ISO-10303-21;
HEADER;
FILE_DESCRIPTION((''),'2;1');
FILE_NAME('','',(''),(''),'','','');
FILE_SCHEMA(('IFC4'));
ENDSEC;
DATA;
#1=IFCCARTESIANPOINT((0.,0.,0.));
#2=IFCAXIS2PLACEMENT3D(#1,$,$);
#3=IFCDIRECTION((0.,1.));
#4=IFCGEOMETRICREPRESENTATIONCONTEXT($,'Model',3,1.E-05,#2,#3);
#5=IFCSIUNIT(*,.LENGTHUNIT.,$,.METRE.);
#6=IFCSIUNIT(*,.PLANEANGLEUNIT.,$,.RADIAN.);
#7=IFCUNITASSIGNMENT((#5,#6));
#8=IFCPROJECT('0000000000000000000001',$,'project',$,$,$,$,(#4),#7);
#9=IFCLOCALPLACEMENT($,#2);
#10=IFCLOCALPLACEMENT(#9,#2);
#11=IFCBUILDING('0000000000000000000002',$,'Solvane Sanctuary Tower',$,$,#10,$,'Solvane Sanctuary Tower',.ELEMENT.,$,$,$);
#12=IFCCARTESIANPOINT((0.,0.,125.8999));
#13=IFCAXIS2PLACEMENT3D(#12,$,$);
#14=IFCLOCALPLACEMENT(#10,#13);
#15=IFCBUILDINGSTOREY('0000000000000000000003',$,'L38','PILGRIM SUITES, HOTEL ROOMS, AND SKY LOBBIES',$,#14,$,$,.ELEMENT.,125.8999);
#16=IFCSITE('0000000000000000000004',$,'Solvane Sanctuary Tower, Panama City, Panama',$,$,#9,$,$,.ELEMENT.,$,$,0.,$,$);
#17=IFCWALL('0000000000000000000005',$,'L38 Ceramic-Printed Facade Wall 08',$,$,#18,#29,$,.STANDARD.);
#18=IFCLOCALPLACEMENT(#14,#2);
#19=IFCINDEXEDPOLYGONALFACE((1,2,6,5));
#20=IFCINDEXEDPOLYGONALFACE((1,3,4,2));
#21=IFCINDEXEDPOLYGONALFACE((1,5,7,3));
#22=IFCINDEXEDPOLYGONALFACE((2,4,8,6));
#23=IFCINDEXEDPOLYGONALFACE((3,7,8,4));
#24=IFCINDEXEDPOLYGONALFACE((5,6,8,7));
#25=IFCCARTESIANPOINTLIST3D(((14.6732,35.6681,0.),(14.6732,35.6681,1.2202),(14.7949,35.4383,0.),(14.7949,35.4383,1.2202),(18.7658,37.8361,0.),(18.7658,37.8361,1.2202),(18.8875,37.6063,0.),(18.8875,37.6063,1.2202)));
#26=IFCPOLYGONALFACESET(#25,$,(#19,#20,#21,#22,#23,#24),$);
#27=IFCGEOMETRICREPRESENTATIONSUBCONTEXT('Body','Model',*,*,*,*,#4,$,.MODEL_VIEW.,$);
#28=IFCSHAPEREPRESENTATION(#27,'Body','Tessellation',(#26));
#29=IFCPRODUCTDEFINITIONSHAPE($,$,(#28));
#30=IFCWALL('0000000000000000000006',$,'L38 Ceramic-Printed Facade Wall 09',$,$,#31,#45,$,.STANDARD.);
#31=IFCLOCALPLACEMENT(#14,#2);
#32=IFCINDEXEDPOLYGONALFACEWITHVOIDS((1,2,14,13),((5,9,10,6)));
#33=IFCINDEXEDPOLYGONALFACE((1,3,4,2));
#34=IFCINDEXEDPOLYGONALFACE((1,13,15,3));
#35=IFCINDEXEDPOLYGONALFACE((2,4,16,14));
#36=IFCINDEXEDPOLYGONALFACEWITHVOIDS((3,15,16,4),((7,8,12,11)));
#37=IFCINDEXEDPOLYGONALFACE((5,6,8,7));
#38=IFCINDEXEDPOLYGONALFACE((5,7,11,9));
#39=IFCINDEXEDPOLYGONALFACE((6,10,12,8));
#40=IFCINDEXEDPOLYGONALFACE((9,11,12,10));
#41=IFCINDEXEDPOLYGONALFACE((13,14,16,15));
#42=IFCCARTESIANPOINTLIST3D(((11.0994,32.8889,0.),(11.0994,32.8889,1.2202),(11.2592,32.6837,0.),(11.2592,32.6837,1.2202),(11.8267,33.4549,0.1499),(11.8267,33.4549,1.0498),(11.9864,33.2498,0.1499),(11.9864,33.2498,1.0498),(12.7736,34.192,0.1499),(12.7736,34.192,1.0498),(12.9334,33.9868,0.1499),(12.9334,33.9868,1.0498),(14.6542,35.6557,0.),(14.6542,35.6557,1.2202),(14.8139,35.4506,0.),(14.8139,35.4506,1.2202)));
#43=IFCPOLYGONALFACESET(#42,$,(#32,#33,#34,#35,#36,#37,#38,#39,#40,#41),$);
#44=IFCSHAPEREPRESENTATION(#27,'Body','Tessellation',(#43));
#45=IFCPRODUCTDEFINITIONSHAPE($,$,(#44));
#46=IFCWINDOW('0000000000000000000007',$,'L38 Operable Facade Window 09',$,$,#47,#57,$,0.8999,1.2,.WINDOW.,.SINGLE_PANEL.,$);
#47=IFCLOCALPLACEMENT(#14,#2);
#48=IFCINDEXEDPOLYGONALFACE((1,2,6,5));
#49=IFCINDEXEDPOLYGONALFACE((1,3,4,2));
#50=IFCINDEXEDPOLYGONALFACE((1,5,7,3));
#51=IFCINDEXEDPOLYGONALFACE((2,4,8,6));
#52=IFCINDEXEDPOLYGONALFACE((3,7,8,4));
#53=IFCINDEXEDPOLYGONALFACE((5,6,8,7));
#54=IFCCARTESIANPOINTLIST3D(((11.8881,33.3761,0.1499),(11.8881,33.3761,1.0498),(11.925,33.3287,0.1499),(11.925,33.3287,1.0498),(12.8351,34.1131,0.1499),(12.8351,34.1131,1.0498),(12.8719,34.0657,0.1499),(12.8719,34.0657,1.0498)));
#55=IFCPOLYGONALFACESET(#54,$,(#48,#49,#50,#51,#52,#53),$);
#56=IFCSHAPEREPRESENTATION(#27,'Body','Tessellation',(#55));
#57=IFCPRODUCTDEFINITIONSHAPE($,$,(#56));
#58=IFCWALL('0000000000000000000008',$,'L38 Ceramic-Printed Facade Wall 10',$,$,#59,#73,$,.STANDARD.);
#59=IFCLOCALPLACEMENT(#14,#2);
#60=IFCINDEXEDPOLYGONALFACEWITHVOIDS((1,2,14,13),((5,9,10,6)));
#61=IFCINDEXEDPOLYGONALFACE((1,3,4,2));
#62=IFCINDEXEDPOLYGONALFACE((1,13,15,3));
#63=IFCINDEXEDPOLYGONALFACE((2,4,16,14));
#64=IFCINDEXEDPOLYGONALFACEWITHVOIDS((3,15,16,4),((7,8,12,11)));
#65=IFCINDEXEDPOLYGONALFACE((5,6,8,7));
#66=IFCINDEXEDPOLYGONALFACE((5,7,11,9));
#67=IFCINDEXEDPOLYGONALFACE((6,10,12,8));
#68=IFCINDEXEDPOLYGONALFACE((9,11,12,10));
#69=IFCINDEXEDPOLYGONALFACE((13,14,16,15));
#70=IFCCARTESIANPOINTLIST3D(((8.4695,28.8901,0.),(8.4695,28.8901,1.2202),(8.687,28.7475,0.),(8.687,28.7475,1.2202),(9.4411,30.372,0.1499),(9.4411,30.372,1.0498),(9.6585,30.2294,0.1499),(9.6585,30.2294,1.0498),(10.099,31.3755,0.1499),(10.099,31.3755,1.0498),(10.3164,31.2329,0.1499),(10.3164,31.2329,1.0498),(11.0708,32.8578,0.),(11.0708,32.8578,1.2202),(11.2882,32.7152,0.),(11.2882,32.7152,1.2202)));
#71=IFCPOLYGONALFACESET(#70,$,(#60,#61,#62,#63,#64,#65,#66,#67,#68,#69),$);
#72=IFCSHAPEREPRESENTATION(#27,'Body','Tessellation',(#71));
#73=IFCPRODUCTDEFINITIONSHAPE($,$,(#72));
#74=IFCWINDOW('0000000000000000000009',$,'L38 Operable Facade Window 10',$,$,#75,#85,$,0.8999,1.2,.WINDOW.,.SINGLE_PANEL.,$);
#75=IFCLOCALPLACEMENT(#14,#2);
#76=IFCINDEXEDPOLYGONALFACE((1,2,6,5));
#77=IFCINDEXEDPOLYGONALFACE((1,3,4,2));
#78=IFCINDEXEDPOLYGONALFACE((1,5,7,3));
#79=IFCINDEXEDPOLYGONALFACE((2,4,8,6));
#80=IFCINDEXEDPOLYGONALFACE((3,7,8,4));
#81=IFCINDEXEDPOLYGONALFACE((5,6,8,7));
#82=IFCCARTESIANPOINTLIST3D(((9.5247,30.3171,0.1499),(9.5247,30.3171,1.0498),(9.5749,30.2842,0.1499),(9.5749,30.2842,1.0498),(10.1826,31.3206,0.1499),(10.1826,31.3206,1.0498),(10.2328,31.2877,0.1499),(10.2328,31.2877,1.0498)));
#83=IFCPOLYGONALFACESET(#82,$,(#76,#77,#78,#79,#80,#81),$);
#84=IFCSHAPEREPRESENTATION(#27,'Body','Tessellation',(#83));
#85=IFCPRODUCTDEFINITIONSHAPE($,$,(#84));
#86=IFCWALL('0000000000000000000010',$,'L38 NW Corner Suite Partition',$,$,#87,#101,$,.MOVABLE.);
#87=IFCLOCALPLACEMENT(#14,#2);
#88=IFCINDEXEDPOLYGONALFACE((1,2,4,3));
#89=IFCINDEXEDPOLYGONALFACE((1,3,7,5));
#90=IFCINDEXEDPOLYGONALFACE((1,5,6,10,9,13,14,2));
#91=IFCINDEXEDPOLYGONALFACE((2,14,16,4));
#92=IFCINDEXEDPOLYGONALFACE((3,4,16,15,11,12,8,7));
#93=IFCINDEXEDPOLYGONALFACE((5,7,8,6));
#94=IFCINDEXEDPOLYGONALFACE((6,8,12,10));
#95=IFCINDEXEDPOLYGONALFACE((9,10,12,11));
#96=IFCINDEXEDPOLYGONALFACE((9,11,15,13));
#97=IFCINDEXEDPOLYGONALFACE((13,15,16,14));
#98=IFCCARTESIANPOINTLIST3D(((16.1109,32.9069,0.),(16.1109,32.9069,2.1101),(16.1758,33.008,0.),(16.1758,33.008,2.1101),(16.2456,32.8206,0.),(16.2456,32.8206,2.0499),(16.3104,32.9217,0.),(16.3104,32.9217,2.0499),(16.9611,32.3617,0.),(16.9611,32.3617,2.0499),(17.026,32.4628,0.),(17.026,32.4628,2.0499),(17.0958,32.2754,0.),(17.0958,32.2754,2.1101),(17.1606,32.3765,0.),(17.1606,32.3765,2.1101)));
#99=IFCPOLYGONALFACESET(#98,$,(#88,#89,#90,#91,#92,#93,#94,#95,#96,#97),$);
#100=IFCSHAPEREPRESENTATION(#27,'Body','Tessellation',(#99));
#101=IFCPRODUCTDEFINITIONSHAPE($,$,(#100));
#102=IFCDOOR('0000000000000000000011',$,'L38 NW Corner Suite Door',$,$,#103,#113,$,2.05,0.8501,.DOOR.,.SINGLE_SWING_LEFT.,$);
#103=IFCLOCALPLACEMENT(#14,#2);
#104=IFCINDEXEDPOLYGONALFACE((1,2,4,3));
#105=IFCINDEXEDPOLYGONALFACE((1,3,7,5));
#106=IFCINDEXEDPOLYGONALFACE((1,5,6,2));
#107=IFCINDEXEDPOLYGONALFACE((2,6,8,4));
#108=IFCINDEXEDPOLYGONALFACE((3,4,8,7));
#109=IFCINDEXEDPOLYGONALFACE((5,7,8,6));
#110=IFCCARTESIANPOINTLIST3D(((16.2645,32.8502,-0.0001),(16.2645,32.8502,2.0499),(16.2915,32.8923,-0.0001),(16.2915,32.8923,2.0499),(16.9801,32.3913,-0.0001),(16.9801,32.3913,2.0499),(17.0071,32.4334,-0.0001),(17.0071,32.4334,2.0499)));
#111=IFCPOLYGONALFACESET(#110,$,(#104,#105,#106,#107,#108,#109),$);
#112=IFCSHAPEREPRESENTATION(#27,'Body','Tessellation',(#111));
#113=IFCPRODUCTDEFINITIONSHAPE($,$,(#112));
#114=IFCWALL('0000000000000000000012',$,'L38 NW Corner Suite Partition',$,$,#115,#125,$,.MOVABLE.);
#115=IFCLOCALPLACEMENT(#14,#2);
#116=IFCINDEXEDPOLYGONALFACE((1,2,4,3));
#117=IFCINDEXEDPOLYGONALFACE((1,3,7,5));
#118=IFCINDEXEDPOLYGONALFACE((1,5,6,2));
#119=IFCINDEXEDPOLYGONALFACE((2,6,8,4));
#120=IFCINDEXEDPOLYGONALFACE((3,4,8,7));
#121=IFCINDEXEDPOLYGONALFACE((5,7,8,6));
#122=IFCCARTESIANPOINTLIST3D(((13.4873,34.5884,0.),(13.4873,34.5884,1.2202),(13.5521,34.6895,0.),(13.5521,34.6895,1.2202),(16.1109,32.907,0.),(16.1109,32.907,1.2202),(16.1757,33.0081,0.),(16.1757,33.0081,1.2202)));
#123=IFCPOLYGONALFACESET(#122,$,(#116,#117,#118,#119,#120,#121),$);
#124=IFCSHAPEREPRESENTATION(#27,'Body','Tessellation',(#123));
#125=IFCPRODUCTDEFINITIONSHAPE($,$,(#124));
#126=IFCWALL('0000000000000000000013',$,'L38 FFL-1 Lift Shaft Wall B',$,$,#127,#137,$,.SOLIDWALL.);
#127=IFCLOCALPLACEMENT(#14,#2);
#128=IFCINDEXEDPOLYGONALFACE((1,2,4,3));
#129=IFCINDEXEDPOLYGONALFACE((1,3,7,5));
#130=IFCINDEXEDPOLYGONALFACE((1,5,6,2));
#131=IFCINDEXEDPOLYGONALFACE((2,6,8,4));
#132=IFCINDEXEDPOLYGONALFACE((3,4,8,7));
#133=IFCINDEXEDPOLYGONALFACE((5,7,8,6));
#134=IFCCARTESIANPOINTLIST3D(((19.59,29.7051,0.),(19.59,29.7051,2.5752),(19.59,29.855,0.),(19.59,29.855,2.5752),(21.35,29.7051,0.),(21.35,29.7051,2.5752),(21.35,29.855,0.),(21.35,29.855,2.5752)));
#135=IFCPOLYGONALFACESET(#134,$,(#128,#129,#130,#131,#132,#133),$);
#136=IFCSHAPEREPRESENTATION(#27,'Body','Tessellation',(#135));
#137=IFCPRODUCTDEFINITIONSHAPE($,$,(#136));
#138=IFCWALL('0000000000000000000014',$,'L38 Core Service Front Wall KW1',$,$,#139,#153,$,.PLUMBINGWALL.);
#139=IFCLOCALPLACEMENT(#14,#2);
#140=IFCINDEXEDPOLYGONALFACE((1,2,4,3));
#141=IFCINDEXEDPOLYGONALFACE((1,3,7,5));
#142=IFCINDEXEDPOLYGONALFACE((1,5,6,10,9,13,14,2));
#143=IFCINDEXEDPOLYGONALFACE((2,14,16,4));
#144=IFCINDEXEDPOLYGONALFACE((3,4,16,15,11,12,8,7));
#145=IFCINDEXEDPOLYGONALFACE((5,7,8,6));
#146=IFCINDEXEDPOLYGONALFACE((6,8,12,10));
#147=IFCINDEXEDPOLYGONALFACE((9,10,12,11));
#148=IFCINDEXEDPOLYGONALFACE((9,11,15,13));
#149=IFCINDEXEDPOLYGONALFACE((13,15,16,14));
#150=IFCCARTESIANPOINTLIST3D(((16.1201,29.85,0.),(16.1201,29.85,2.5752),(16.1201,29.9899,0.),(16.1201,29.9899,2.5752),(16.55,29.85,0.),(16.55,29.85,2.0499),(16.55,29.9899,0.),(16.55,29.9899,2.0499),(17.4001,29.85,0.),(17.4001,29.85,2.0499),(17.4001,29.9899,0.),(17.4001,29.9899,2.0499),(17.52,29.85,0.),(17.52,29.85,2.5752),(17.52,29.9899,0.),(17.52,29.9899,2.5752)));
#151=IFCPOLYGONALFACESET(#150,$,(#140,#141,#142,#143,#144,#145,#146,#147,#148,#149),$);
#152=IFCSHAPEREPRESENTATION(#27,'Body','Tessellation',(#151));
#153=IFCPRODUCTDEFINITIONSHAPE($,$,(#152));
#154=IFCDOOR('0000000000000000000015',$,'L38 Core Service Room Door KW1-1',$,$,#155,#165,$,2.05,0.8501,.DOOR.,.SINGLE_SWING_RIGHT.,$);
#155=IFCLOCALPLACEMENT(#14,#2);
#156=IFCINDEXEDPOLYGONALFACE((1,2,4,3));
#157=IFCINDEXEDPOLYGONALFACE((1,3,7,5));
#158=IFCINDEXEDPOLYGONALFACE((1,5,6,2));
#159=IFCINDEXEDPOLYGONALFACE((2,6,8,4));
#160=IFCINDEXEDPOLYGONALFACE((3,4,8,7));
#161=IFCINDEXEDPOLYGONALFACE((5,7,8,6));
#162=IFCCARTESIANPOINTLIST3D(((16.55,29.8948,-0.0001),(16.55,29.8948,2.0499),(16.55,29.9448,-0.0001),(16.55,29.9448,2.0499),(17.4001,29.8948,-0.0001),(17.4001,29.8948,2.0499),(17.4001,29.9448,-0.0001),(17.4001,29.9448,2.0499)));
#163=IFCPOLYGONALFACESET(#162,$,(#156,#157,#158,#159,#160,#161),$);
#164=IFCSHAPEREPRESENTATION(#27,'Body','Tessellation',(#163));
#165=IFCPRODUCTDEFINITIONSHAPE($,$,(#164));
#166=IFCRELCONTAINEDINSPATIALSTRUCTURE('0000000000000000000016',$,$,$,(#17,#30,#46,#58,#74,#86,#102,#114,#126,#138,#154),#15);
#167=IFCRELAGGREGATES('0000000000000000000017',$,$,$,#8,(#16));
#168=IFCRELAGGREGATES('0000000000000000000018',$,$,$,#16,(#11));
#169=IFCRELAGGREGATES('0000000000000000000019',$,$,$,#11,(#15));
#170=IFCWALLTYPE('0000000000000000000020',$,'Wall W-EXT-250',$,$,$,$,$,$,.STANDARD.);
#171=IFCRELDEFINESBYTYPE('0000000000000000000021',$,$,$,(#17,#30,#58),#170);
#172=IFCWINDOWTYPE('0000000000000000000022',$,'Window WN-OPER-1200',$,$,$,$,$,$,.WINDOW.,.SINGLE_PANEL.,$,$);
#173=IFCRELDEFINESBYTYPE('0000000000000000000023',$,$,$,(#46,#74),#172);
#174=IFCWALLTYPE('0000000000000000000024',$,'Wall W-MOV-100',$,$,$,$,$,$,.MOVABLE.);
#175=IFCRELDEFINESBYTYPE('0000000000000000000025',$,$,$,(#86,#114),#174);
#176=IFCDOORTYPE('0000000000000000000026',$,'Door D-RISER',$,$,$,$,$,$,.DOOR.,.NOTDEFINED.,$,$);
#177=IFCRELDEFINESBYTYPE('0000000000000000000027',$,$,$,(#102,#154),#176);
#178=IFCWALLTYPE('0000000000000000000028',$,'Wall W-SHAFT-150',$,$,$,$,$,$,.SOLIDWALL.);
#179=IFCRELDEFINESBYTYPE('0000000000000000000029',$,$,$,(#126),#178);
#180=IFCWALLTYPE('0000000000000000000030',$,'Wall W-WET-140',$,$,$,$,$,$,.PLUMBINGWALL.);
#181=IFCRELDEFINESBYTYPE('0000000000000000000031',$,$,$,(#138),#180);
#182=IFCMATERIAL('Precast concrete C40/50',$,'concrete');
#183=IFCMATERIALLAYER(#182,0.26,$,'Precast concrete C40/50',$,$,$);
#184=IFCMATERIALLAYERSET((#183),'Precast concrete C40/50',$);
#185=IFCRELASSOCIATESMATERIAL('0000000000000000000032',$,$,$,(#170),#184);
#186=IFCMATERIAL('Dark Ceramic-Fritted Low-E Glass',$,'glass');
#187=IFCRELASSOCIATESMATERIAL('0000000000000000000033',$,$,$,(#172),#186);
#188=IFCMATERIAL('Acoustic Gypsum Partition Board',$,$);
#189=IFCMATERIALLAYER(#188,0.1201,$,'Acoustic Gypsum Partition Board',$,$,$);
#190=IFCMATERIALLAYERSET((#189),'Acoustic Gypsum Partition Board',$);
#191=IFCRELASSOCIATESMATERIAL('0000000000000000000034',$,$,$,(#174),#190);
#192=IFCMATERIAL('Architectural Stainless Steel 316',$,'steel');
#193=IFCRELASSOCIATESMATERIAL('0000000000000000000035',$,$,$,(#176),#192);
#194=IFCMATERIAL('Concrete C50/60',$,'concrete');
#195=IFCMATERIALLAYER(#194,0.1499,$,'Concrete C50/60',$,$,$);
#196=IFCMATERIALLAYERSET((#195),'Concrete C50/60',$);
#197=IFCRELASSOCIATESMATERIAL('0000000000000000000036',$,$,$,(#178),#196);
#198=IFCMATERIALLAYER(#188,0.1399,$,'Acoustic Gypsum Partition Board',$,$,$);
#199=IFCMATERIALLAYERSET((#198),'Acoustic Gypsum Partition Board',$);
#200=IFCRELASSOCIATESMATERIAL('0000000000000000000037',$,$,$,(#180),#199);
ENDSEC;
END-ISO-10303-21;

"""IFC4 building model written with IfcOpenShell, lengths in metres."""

from ifc_helpers import new_model, si_unit, direction, frame, frame_2d, origin, place, context, subcontext, project, spatial, rectangle, extrude, material, layer, layer_set, type_object, element, fill, save


model = new_model("IFC4")

# Units and contexts
model_context = context("Model", 3, precision=1e-05, world=origin(), true_north=direction((0.0, 1.0)))
body_context = subcontext(model_context, "Body", "Model", "MODEL_VIEW")
ifc_project = project(units=[si_unit("LENGTHUNIT", "METRE"), si_unit("PLANEANGLEUNIT", "RADIAN")], contexts=[model_context])

# Site, building, storey
site_placement = place(None, origin())
site = spatial("IfcSite", under=ifc_project, at=site_placement, Name="Solvane Sanctuary Tower, Panama City, Panama", CompositionType="ELEMENT", RefElevation=0.0)
building_placement = place(site_placement, origin())
building = spatial("IfcBuilding", under=site, at=building_placement, Name="Solvane Sanctuary Tower", LongName="Solvane Sanctuary Tower", CompositionType="ELEMENT")
storey_placement = place(building_placement, frame((0.0, 0.0, 125.8999)))
storey = spatial("IfcBuildingStorey", under=building, at=storey_placement, Name="L38", Description="PILGRIM SUITES, HOTEL ROOMS, AND SKY LOBBIES", CompositionType="ELEMENT", Elevation=125.8999)

# Shared definitions
ifc_material_1 = material(Name="Acoustic Gypsum Partition Board")

# Wall
ifc_material_2 = material(Name="Precast concrete C40/50", Category="concrete")
ifc_layer_1 = layer(ifc_material_2, 0.26, Name="Precast concrete C40/50")
ifc_layer_set_1 = layer_set([ifc_layer_1], Name="Precast concrete C40/50")
wall_type_1 = type_object("IfcWallType", Name="Wall W-EXT-250", PredefinedType="STANDARD", material=ifc_layer_set_1)
wall_1_placement = place(storey_placement, frame((18.8267, 37.7212, 0.0), z_axis=(0.0, 0.0, 1.0), x_axis=(-0.883669, -0.468113, 0.0)))
element("IfcWall", 1, at=wall_1_placement, inside=storey, type_object=wall_type_1, Name="L38 Ceramic-Printed Facade Wall 08", PredefinedType="STANDARD", context=body_context, shape_type="SweptSolid", body=[
    extrude(rectangle(XDim=4.6313, YDim=0.26, at=frame_2d((2.3157, 0.0))), origin(), (0.0, 0.0, 1.0), 1.2202),
])

# Walls, openings, windows
wall_2_placement = place(storey_placement, frame((14.7341, 35.5532, 0.0), z_axis=(0.0, 0.0, 1.0), x_axis=(-0.789127, -0.614229, 0.0)))
wall_2 = element("IfcWall", 2, at=wall_2_placement, inside=storey, type_object=wall_type_1, Name="L38 Ceramic-Printed Facade Wall 09", PredefinedType="STANDARD", context=body_context, shape_type="SweptSolid", body=[
    extrude(rectangle(XDim=4.5046, YDim=0.26, at=frame_2d((2.2524, 0.0))), origin(), (0.0, 0.0, 1.0), 1.2202),
])
opening_1_placement = place(wall_2_placement, frame((2.3831, 0.0, 0.1499)))
opening_1 = element("IfcOpeningElement", 3, at=opening_1_placement, cuts=wall_2, PredefinedType="OPENING", context=body_context, shape_type="SweptSolid", body=[
    extrude(rectangle(XDim=1.2, YDim=0.8999, at=frame_2d((0.6001, 0.45))), frame((0.0, 0.1399, 0.0), z_axis=(0.0, -1.0, 0.0), x_axis=(1.0, 0.0, 0.0)), (0.0, 0.0, 1.0), 0.28),
])
ifc_material_3 = material(Name="Dark Ceramic-Fritted Low-E Glass", Category="glass")
window_type = type_object("IfcWindowType", Name="Window WN-OPER-1200", PartitioningType="SINGLE_PANEL", PredefinedType="WINDOW", material=ifc_material_3)
window_1_placement = place(opening_1_placement, origin())
window_1 = element("IfcWindow", 4, at=window_1_placement, inside=storey, type_object=window_type, Name="L38 Operable Facade Window 09", OverallHeight=0.8999, OverallWidth=1.2, PartitioningType="SINGLE_PANEL", PredefinedType="WINDOW", context=body_context, shape_type="SweptSolid", body=[
    extrude(rectangle(XDim=1.2, YDim=0.8999, at=frame_2d((0.6001, 0.45))), frame((0.0, 0.03, 0.0), z_axis=(0.0, -1.0, 0.0), x_axis=(1.0, 0.0, 0.0)), (0.0, 0.0, 1.0), 0.0601),
])
fill(opening_1, window_1)
wall_3_placement = place(storey_placement, frame((11.1794, 32.7864, 0.0), z_axis=(0.0, 0.0, 1.0), x_axis=(-0.548283, -0.836293, 0.0)))
wall_3 = element("IfcWall", 5, at=wall_3_placement, inside=storey, type_object=wall_type_1, Name="L38 Ceramic-Printed Facade Wall 10", PredefinedType="STANDARD", context=body_context, shape_type="SweptSolid", body=[
    extrude(rectangle(XDim=4.7444, YDim=0.26, at=frame_2d((2.3721, 0.0))), origin(), (0.0, 0.0, 1.0), 1.2202),
])
opening_2_placement = place(wall_3_placement, frame((1.7722, 0.0, 0.1499)))
opening_2 = element("IfcOpeningElement", 6, at=opening_2_placement, cuts=wall_3, PredefinedType="OPENING", context=body_context, shape_type="SweptSolid", body=[
    extrude(rectangle(XDim=1.2, YDim=0.8999, at=frame_2d((0.6001, 0.45))), frame((0.0, 0.1399, 0.0), z_axis=(0.0, -1.0, 0.0), x_axis=(1.0, 0.0, 0.0)), (0.0, 0.0, 1.0), 0.28),
])
window_2_placement = place(opening_2_placement, origin())
window_2 = element("IfcWindow", 7, at=window_2_placement, inside=storey, type_object=window_type, Name="L38 Operable Facade Window 10", OverallHeight=0.8999, OverallWidth=1.2, PartitioningType="SINGLE_PANEL", PredefinedType="WINDOW", context=body_context, shape_type="SweptSolid", body=[
    extrude(rectangle(XDim=1.2, YDim=0.8999, at=frame_2d((0.6001, 0.45))), frame((0.0, 0.03, 0.0), z_axis=(0.0, -1.0, 0.0), x_axis=(1.0, 0.0, 0.0)), (0.0, 0.0, 1.0), 0.0601),
])
fill(opening_2, window_2)

# Wall, opening, door
ifc_layer_2 = layer(ifc_material_1, 0.1201, Name="Acoustic Gypsum Partition Board")
ifc_layer_set_2 = layer_set([ifc_layer_2], Name="Acoustic Gypsum Partition Board")
wall_type_2 = type_object("IfcWallType", Name="Wall W-MOV-100", PredefinedType="MOVABLE", material=ifc_layer_set_2)
wall_4_placement = place(storey_placement, frame((17.1282, 32.3259, 0.0), z_axis=(0.0, 0.0, 1.0), x_axis=(-0.841775, 0.539829, 0.0)))
wall_4 = element("IfcWall", 8, at=wall_4_placement, inside=storey, type_object=wall_type_2, Name="L38 NW Corner Suite Partition", PredefinedType="MOVABLE", context=body_context, shape_type="SweptSolid", body=[
    extrude(rectangle(XDim=1.1699, YDim=0.1201, at=frame_2d((0.585, 0.0))), origin(), (0.0, 0.0, 1.0), 2.1101),
])
opening_3_placement = place(wall_4_placement, frame((0.1599, 0.0, 0.0)))
opening_3 = element("IfcOpeningElement", 9, at=opening_3_placement, cuts=wall_4, PredefinedType="OPENING", context=body_context, shape_type="SweptSolid", body=[
    extrude(rectangle(XDim=0.8501, YDim=2.05, at=frame_2d((0.425, 1.0249))), frame((0.0, 0.0701, 0.0), z_axis=(0.0, -1.0, 0.0), x_axis=(1.0, 0.0, 0.0)), (0.0, 0.0, 1.0), 0.1401),
])
ifc_material_4 = material(Name="Architectural Stainless Steel 316", Category="steel")
door_type_1 = type_object("IfcDoorType", Name="Door D-RISER", OperationType="NOTDEFINED", PredefinedType="DOOR", material=ifc_material_4)
door_1_placement = place(opening_3_placement, origin())
door_1 = element("IfcDoor", 10, at=door_1_placement, inside=storey, type_object=door_type_1, Name="L38 NW Corner Suite Door", OperationType="SINGLE_SWING_LEFT", OverallHeight=2.05, OverallWidth=0.8501, PredefinedType="DOOR", context=body_context, shape_type="SweptSolid", body=[
    extrude(rectangle(XDim=0.8501, YDim=2.05, at=frame_2d((0.425, 1.0249))), frame((0.0, 0.0249, 0.0), z_axis=(0.0, -1.0, 0.0), x_axis=(1.0, 0.0, 0.0)), (0.0, 0.0, 1.0), 0.05),
])
fill(opening_3, door_1)

# Walls
wall_5_placement = place(storey_placement, frame((16.1433, 32.9575, 0.0), z_axis=(0.0, 0.0, 1.0), x_axis=(-0.841931, 0.539585, 0.0)))
element("IfcWall", 11, at=wall_5_placement, inside=storey, type_object=wall_type_2, Name="L38 NW Corner Suite Partition", PredefinedType="MOVABLE", context=body_context, shape_type="SweptSolid", body=[
    extrude(rectangle(XDim=3.1162, YDim=0.1201, at=frame_2d((1.5581, 0.0))), origin(), (0.0, 0.0, 1.0), 1.2202),
])
ifc_material_5 = material(Name="Concrete C50/60", Category="concrete")
ifc_layer_3 = layer(ifc_material_5, 0.1499, Name="Concrete C50/60")
ifc_layer_set_3 = layer_set([ifc_layer_3], Name="Concrete C50/60")
wall_type_3 = type_object("IfcWallType", Name="Wall W-SHAFT-150", PredefinedType="SOLIDWALL", material=ifc_layer_set_3)
wall_6_placement = place(storey_placement, frame((19.5901, 29.78, 0.0), z_axis=(0.0, 0.0, 1.0), x_axis=(1.0, 0.0, 0.0)))
element("IfcWall", 12, at=wall_6_placement, inside=storey, type_object=wall_type_3, Name="L38 FFL-1 Lift Shaft Wall B", PredefinedType="SOLIDWALL", context=body_context, shape_type="SweptSolid", body=[
    extrude(rectangle(XDim=1.76, YDim=0.1499, at=frame_2d((0.8799, 0.0))), origin(), (0.0, 0.0, 1.0), 2.5752),
])

# Wall, opening, door
ifc_layer_4 = layer(ifc_material_1, 0.1399, Name="Acoustic Gypsum Partition Board")
ifc_layer_set_4 = layer_set([ifc_layer_4], Name="Acoustic Gypsum Partition Board")
wall_type_4 = type_object("IfcWallType", Name="Wall W-WET-140", PredefinedType="PLUMBINGWALL", material=ifc_layer_set_4)
wall_7_placement = place(storey_placement, frame((16.1201, 29.9199, 0.0), z_axis=(0.0, 0.0, 1.0), x_axis=(1.0, 0.0, 0.0)))
wall_7 = element("IfcWall", 13, at=wall_7_placement, inside=storey, type_object=wall_type_4, Name="L38 Core Service Front Wall KW1", PredefinedType="PLUMBINGWALL", context=body_context, shape_type="SweptSolid", body=[
    extrude(rectangle(XDim=1.3999, YDim=0.1399, at=frame_2d((0.7, 0.0))), origin(), (0.0, 0.0, 1.0), 2.5752),
])
opening_4_placement = place(wall_7_placement, frame((0.4299, 0.0, 0.0)))
opening_4 = element("IfcOpeningElement", 14, at=opening_4_placement, cuts=wall_7, PredefinedType="OPENING", context=body_context, shape_type="SweptSolid", body=[
    extrude(rectangle(XDim=0.8501, YDim=2.05, at=frame_2d((0.425, 1.0249))), frame((0.0, 0.0798, 0.0), z_axis=(0.0, -1.0, 0.0), x_axis=(1.0, 0.0, 0.0)), (0.0, 0.0, 1.0), 0.1599),
])
door_2_placement = place(opening_4_placement, origin())
door_2 = element("IfcDoor", 15, at=door_2_placement, inside=storey, type_object=door_type_1, Name="L38 Core Service Room Door KW1-1", OperationType="SINGLE_SWING_RIGHT", OverallHeight=2.05, OverallWidth=0.8501, PredefinedType="DOOR", context=body_context, shape_type="SweptSolid", body=[
    extrude(rectangle(XDim=0.8501, YDim=2.05, at=frame_2d((0.425, 1.0249))), frame((0.0, 0.0249, 0.0), z_axis=(0.0, -1.0, 0.0), x_axis=(1.0, 0.0, 0.0)), (0.0, 0.0, 1.0), 0.05),
])
fill(opening_4, door_2)

save(model, "model.ifc")
